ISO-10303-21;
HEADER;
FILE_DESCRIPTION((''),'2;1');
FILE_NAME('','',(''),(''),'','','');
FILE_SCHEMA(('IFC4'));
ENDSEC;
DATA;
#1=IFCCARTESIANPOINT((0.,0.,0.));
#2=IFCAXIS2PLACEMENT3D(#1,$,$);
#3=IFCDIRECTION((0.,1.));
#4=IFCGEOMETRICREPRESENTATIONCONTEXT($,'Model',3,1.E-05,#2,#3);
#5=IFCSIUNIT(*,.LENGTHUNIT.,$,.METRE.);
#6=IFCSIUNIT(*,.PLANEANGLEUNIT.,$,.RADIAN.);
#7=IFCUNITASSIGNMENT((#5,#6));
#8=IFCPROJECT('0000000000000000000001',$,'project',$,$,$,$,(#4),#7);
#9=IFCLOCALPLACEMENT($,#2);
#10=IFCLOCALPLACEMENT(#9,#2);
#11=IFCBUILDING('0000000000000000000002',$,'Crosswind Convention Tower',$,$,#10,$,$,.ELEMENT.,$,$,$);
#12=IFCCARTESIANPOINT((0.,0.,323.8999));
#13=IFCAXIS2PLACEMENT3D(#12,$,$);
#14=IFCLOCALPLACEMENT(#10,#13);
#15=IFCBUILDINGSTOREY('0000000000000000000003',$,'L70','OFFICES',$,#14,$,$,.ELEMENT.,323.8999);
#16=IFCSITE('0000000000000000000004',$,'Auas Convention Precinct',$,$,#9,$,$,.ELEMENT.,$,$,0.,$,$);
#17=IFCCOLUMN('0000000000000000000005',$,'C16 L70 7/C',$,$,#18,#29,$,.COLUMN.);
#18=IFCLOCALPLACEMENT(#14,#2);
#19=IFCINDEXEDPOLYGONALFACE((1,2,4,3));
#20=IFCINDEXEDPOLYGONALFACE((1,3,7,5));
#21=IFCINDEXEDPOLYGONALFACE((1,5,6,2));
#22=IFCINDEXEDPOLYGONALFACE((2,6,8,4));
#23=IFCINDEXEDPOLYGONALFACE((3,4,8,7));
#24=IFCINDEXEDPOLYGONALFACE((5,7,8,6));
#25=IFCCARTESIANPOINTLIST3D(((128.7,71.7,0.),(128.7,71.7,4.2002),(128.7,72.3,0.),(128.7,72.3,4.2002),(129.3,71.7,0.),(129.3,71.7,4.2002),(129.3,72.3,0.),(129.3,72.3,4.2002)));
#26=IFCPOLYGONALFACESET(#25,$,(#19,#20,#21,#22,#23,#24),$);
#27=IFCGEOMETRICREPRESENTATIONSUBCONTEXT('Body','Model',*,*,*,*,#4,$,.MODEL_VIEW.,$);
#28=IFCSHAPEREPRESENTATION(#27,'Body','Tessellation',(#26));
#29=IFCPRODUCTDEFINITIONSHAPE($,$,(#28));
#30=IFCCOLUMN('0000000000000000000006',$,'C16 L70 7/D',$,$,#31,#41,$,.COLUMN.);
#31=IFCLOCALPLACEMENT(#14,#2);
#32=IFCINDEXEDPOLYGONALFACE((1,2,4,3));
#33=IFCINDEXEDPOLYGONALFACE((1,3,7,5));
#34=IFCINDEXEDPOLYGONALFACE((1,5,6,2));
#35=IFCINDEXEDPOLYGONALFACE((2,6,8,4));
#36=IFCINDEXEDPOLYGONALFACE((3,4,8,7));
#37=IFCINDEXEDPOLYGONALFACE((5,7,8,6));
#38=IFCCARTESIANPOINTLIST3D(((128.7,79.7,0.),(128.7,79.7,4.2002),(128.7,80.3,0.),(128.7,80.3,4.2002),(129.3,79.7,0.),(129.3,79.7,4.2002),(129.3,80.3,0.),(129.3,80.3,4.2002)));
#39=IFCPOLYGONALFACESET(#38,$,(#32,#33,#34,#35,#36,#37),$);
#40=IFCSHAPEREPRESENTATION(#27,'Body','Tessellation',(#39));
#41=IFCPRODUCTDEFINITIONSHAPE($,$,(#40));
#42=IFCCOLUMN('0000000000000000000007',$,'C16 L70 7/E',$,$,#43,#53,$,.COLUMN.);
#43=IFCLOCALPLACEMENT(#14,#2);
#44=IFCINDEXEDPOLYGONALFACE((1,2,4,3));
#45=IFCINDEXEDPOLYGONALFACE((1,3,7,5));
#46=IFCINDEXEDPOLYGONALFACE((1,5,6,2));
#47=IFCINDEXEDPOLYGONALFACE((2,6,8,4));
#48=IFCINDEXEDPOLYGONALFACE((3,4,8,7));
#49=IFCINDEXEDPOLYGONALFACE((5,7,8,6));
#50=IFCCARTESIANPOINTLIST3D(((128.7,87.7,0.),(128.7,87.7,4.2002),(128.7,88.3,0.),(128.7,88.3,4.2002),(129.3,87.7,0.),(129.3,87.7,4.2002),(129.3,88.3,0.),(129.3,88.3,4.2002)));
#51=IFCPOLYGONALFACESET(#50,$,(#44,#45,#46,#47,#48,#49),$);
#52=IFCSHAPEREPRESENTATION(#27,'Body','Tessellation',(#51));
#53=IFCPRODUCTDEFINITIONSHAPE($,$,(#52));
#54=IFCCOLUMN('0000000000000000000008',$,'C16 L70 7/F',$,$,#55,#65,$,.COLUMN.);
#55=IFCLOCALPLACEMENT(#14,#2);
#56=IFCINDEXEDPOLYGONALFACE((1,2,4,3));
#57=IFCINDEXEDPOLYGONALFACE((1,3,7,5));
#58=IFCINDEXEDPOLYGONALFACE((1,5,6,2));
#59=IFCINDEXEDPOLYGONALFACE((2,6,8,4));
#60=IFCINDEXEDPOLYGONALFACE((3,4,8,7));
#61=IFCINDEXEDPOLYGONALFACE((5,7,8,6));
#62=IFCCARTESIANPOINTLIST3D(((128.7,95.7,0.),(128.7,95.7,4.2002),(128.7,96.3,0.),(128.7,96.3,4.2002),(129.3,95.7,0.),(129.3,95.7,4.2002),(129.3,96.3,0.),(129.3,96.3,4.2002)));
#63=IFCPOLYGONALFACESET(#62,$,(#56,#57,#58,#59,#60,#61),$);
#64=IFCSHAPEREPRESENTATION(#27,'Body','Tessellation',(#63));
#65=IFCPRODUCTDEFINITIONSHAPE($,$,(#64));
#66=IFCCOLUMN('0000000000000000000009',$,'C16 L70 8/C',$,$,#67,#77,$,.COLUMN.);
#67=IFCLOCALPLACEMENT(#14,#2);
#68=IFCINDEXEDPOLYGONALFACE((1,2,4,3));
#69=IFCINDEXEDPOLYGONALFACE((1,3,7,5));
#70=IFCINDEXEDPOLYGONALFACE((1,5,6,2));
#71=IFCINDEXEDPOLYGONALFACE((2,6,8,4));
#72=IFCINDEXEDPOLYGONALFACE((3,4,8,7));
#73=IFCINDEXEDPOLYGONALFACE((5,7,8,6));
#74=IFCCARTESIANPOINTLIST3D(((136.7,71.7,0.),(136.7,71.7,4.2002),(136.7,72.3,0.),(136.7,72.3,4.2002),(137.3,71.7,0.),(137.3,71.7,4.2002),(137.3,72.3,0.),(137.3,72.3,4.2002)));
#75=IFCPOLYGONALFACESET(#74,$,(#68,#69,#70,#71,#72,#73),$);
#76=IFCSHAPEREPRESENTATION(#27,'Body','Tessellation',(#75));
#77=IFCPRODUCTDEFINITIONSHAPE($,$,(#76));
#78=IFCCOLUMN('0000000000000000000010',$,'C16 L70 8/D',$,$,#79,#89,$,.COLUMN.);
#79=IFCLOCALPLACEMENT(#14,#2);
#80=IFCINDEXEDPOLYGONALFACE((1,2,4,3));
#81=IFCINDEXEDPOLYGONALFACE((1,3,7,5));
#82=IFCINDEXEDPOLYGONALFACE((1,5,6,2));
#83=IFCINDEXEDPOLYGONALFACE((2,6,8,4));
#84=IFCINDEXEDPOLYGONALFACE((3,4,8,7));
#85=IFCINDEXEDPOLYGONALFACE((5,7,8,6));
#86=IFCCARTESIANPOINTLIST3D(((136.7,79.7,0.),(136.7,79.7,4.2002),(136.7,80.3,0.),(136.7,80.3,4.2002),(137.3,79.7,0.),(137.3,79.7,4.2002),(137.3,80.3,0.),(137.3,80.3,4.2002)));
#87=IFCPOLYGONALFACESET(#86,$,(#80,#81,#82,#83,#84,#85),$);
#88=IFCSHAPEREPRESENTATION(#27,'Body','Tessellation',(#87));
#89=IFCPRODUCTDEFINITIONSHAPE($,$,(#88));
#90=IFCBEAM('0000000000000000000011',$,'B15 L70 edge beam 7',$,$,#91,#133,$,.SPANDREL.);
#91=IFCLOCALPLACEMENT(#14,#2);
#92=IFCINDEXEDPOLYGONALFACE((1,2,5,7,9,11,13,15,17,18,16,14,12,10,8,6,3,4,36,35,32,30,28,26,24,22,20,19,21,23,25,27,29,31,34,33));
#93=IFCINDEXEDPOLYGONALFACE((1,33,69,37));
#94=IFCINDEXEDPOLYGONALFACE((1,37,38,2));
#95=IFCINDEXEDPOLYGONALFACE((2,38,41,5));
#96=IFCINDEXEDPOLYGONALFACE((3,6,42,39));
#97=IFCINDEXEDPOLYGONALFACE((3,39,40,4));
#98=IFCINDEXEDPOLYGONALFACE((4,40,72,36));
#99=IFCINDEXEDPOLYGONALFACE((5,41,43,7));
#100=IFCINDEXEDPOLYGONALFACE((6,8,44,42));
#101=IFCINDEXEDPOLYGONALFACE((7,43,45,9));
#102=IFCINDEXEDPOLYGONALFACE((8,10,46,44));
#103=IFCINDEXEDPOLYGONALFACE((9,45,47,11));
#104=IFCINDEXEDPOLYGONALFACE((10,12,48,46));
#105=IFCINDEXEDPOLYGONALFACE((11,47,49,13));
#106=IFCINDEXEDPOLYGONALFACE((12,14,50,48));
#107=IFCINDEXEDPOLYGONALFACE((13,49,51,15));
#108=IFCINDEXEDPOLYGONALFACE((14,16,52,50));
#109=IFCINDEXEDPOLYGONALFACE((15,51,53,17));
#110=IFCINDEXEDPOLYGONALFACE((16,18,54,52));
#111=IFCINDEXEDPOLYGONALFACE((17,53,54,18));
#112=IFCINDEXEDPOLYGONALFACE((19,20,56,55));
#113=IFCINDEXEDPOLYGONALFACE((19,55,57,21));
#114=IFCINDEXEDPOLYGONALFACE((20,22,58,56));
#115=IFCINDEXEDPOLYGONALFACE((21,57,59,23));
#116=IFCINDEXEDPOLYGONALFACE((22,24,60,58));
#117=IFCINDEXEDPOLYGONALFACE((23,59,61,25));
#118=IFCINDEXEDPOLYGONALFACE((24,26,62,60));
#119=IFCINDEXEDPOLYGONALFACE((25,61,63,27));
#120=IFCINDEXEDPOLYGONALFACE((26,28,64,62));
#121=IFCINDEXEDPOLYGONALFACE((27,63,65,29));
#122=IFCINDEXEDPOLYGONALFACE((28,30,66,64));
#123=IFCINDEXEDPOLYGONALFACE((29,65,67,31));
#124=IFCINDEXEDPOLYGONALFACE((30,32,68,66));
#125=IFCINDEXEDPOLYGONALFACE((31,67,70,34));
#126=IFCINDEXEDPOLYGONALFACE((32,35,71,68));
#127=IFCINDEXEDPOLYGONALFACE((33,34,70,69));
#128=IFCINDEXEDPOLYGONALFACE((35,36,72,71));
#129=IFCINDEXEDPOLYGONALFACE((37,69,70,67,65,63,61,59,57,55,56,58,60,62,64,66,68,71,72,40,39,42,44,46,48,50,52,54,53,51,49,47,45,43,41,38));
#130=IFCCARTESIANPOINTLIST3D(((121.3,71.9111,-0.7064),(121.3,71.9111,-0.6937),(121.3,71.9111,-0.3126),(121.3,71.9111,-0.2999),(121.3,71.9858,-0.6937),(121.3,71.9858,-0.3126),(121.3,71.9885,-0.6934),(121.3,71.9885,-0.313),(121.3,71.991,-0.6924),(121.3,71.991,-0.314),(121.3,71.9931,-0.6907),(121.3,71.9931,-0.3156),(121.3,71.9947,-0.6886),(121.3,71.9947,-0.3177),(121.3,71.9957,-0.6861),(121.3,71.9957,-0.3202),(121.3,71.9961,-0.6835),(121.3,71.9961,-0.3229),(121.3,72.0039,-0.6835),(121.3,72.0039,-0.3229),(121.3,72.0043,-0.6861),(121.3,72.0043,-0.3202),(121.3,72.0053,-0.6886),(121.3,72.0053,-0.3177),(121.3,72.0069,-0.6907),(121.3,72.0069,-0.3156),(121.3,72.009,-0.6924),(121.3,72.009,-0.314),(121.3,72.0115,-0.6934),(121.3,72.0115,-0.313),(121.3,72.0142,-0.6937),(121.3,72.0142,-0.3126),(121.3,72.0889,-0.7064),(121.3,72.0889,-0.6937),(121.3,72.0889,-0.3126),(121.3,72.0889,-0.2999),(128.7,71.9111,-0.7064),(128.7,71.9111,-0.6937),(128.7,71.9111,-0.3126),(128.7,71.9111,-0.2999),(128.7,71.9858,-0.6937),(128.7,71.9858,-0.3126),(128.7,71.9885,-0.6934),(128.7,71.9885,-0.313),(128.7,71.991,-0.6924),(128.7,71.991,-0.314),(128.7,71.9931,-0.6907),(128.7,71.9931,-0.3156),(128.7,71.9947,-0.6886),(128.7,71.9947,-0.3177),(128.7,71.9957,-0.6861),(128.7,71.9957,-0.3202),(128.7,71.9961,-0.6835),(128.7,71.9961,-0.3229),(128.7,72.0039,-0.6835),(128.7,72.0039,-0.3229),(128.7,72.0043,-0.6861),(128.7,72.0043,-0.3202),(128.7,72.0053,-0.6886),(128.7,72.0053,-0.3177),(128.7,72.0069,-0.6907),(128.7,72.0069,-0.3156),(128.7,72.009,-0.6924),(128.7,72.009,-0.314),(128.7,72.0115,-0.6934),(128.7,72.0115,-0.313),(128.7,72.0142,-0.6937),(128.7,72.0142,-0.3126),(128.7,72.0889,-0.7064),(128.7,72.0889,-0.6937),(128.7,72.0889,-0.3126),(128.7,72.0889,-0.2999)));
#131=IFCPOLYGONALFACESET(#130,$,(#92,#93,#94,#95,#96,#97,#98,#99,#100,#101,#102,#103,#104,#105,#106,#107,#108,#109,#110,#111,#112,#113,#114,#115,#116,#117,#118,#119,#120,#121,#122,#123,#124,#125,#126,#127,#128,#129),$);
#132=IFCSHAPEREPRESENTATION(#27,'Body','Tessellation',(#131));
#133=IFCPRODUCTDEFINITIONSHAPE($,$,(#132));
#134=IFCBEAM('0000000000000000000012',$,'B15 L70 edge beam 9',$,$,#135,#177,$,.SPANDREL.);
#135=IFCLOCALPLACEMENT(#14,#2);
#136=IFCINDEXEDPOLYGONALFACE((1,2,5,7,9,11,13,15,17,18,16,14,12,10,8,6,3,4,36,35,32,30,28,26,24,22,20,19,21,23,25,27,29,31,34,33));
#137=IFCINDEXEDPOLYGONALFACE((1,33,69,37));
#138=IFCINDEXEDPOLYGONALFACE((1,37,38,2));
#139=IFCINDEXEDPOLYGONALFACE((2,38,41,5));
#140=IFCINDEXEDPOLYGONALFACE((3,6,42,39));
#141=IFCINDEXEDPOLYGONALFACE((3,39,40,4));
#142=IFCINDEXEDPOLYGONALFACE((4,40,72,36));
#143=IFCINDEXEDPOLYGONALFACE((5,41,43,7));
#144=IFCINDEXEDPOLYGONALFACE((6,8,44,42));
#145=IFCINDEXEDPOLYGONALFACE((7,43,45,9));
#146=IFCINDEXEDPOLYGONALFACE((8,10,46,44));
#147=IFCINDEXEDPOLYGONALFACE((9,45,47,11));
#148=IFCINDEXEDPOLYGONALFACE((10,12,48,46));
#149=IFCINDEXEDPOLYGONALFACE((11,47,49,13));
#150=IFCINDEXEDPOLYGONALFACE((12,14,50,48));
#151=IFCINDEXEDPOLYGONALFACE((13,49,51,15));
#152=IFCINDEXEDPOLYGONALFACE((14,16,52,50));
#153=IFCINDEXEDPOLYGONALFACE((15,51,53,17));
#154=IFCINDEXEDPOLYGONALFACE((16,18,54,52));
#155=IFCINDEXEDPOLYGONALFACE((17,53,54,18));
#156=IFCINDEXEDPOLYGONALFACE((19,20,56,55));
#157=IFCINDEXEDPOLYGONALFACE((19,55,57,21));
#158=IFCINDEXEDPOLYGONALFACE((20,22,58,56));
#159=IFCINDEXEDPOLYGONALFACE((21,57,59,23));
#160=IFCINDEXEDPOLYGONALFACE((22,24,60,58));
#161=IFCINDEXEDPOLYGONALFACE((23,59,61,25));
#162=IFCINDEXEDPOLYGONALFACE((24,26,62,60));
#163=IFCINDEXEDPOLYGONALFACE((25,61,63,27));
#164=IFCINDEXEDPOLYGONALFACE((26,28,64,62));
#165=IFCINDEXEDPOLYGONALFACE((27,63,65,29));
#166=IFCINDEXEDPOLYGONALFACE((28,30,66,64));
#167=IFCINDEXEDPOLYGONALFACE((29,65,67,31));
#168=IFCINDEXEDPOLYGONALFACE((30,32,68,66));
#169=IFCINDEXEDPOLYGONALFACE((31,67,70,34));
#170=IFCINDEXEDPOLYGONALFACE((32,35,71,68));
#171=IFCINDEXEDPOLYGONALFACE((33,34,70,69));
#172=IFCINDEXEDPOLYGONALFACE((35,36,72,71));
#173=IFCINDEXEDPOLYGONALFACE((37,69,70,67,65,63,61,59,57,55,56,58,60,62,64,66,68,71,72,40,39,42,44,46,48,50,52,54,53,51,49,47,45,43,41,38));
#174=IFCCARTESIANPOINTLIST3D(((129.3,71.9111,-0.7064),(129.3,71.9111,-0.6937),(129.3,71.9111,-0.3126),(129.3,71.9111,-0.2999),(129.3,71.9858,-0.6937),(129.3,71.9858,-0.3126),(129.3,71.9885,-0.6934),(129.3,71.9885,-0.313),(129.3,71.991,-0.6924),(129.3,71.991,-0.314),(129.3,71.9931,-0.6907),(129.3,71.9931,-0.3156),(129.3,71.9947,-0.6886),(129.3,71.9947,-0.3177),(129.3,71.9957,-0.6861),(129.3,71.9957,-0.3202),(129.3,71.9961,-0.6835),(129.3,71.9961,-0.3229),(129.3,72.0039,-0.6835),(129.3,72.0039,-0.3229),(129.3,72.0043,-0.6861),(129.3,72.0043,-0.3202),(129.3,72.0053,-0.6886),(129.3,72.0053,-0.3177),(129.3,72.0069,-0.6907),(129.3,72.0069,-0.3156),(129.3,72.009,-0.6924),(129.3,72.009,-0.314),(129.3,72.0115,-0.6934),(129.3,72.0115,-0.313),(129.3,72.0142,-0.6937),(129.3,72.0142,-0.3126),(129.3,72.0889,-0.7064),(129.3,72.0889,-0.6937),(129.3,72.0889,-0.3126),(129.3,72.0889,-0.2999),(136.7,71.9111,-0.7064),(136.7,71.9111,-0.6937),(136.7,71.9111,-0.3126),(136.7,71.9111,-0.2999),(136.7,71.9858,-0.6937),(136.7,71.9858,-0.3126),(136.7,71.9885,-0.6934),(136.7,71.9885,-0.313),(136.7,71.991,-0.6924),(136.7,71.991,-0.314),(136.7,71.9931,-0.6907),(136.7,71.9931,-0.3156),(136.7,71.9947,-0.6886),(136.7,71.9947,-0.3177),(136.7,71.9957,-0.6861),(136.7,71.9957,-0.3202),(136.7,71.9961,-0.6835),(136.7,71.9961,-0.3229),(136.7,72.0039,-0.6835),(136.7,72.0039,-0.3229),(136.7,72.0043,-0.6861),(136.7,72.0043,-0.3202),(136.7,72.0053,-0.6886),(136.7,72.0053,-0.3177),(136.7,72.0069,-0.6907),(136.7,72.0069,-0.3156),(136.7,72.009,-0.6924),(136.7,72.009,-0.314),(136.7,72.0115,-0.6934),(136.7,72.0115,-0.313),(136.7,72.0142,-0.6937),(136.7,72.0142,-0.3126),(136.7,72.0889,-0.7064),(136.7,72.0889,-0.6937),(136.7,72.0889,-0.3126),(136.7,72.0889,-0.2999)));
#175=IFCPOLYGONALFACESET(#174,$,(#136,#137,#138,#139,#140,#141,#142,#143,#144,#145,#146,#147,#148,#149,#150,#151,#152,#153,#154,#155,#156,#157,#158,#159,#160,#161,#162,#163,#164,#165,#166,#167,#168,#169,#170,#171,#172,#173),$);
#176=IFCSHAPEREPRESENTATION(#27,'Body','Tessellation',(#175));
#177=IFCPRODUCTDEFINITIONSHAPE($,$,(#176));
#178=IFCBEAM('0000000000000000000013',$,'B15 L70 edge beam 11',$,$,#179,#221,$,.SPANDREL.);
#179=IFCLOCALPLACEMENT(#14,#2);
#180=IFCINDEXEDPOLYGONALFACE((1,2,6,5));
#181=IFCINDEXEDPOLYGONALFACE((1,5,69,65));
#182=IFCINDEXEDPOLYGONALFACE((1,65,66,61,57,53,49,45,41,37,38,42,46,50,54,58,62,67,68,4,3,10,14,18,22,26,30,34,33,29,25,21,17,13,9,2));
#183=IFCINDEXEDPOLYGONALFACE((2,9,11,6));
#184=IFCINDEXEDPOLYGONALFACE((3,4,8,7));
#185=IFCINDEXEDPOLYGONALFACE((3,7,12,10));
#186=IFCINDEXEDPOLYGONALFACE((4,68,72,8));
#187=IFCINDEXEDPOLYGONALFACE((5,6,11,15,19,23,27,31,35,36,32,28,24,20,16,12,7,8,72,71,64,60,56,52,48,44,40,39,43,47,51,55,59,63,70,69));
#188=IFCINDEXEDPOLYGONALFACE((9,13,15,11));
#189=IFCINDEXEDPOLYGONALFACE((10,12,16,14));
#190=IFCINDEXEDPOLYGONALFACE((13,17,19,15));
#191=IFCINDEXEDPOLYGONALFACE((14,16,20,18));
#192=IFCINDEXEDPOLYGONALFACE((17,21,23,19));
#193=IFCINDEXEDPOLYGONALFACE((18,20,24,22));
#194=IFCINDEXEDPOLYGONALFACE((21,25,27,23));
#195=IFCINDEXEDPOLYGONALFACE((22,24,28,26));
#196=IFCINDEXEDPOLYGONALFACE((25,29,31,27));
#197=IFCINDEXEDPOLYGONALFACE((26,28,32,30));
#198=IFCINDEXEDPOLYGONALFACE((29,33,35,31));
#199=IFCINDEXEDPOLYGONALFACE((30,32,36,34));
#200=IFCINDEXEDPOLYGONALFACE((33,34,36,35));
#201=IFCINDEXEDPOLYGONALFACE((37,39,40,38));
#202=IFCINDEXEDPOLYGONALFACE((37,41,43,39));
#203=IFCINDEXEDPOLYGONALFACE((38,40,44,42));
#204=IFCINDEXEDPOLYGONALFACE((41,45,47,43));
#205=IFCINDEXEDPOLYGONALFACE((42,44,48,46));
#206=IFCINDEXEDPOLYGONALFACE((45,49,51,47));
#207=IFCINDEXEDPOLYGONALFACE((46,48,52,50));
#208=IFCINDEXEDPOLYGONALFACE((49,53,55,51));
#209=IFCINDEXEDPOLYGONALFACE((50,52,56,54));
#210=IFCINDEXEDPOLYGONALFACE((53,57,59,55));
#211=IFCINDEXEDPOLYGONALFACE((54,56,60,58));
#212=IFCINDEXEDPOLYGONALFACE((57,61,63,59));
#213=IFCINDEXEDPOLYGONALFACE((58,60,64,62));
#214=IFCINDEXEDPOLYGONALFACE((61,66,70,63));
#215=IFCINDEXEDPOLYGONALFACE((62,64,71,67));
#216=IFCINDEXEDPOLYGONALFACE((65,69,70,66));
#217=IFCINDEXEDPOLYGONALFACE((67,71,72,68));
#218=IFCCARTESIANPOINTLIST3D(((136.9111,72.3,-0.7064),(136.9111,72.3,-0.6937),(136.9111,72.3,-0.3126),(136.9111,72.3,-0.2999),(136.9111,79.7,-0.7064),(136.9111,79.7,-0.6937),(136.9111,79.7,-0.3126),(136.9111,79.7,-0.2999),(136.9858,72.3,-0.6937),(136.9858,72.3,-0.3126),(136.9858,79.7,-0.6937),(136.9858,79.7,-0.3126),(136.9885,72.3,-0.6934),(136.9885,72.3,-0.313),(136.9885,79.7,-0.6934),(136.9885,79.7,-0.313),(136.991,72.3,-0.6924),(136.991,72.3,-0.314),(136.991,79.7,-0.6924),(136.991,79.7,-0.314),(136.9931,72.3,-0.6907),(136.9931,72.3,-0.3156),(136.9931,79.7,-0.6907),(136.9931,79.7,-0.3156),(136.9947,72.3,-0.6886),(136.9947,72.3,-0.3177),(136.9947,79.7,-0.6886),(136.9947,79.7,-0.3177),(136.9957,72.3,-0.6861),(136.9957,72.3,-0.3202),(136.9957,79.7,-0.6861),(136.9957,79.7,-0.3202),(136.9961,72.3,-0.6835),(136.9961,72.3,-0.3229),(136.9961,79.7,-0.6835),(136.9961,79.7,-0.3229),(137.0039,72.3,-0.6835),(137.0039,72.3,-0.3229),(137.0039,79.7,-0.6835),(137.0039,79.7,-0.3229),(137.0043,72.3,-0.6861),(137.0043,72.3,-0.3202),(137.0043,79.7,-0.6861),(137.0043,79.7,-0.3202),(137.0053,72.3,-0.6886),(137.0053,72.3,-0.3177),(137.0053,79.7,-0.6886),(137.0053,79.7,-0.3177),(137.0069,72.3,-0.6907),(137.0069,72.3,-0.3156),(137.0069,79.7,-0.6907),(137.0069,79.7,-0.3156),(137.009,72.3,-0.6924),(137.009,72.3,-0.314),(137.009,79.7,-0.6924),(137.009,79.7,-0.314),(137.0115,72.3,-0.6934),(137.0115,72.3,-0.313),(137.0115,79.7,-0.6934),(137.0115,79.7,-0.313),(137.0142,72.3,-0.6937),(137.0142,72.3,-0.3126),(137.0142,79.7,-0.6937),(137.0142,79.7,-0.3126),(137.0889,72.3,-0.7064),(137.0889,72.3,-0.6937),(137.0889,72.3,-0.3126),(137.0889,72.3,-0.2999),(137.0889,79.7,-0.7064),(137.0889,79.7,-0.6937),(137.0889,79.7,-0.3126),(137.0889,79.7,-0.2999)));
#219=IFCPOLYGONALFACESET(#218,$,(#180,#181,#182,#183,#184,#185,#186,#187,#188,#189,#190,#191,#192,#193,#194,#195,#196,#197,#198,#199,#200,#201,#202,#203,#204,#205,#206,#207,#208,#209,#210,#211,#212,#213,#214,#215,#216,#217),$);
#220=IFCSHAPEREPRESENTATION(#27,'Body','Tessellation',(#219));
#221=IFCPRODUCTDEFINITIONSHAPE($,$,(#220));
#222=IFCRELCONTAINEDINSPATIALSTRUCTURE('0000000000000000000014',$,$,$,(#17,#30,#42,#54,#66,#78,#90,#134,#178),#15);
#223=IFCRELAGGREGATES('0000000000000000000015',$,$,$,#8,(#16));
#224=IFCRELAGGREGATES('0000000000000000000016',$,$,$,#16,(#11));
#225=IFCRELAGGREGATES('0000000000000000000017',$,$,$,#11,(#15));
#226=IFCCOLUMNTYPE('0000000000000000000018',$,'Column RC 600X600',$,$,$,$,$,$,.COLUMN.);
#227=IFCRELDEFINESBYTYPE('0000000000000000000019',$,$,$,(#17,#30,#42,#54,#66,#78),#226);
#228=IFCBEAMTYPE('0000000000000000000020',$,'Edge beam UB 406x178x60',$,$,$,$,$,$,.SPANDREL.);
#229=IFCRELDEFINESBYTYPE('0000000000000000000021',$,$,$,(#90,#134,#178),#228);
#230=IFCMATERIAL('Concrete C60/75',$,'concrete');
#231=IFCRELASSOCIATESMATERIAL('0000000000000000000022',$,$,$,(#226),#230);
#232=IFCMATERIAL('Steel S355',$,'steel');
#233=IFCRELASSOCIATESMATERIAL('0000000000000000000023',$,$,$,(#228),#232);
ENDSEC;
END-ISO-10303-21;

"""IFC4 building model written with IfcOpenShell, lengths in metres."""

from ifc_helpers import new_model, si_unit, direction, frame, origin, origin_2d, place, context, subcontext, project, spatial, rectangle, i_section, extrude, material, material_profile, profile_set, type_object, element, save


model = new_model("IFC4")

# Units and contexts
model_context = context("Model", 3, precision=1e-05, world=origin(), true_north=direction((0.0, 1.0)))
body_context = subcontext(model_context, "Body", "Model", "MODEL_VIEW")
ifc_project = project(units=[si_unit("LENGTHUNIT", "METRE"), si_unit("PLANEANGLEUNIT", "RADIAN")], contexts=[model_context])

# Site, building, storey
site_placement = place(None, origin())
site = spatial("IfcSite", under=ifc_project, at=site_placement, Name="Auas Convention Precinct", CompositionType="ELEMENT", RefElevation=0.0)
building_placement = place(site_placement, origin())
building = spatial("IfcBuilding", under=site, at=building_placement, Name="Crosswind Convention Tower", CompositionType="ELEMENT")
storey_placement = place(building_placement, frame((0.0, 0.0, 323.8999)))
storey = spatial("IfcBuildingStorey", under=building, at=storey_placement, Name="L70", Description="OFFICES", CompositionType="ELEMENT", Elevation=323.8999)

# Columns
ifc_material_1 = material(Name="Concrete C60/75", Category="concrete")
ifc_material_profile_1 = material_profile(ifc_material_1, rectangle(XDim=0.6001, YDim=0.6001, at=origin_2d()), Name="RC 600X600")
ifc_profile_set_1 = profile_set([ifc_material_profile_1], Name="Concrete C60/75")
column_type = type_object("IfcColumnType", Name="Column RC 600X600", PredefinedType="COLUMN", material=ifc_profile_set_1)
for number, where, z_axis, x_axis, name in (
    (1, (129.0, 72.0, 0.0), (0.0, 0.0, 1.0), (1.0, 0.0, 0.0), "C16 L70 7/C"),
    (2, (129.0, 80.0, 0.0), (0.0, 0.0, 1.0), (1.0, 0.0, 0.0), "C16 L70 7/D"),
    (3, (129.0, 88.0, 0.0), (0.0, 0.0, 1.0), (1.0, 0.0, 0.0), "C16 L70 7/E"),
    (4, (129.0, 96.0, 0.0), (0.0, 0.0, 1.0), (1.0, 0.0, 0.0), "C16 L70 7/F"),
    (5, (137.0, 72.0, 0.0), (0.0, 0.0, 1.0), (1.0, 0.0, 0.0), "C16 L70 8/C"),
    (6, (137.0, 80.0, 0.0), (0.0, 0.0, 1.0), (1.0, 0.0, 0.0), "C16 L70 8/D"),
):
    element("IfcColumn", number, at=place(storey_placement, frame(where, z_axis=z_axis, x_axis=x_axis)), inside=storey, type_object=column_type, Name=name, PredefinedType="COLUMN", context=body_context, shape_type="SweptSolid", body=[
        extrude(rectangle(XDim=0.6001, YDim=0.6001, at=origin_2d()), origin(), (0.0, 0.0, 1.0), 4.2002),
    ])

# Beams
ifc_material_2 = material(Name="Steel S355", Category="steel")
ifc_material_profile_2 = material_profile(ifc_material_2, i_section(OverallWidth=0.1777, OverallDepth=0.4065, WebThickness=0.0078, FlangeThickness=0.0127, FilletRadius=0.0103, at=origin_2d()), Name="UB 406x178x60")
ifc_profile_set_2 = profile_set([ifc_material_profile_2], Name="Steel S355")
beam_type_1 = type_object("IfcBeamType", Name="Edge beam UB 406x178x60", PredefinedType="SPANDREL", material=ifc_profile_set_2)
for number, where, z_axis, x_axis, name in (
    (7, (121.3, 72.0, -0.5032), (1.0, 0.0, 0.0), (0.0, 1.0, 0.0), "B15 L70 edge beam 7"),
    (8, (129.3, 72.0, -0.5032), (1.0, 0.0, 0.0), (0.0, 1.0, 0.0), "B15 L70 edge beam 9"),
    (9, (137.0, 72.3, -0.5032), (0.0, 1.0, 0.0), (-1.0, 0.0, 0.0), "B15 L70 edge beam 11"),
):
    element("IfcBeam", number, at=place(storey_placement, frame(where, z_axis=z_axis, x_axis=x_axis)), inside=storey, type_object=beam_type_1, Name=name, PredefinedType="SPANDREL", context=body_context, shape_type="SweptSolid", body=[
        extrude(i_section(OverallWidth=0.1777, OverallDepth=0.4065, WebThickness=0.0078, FlangeThickness=0.0127, FilletRadius=0.0103, at=origin_2d()), origin(), (0.0, 0.0, 1.0), 7.3999),
    ])

save(model, "model.ifc")
